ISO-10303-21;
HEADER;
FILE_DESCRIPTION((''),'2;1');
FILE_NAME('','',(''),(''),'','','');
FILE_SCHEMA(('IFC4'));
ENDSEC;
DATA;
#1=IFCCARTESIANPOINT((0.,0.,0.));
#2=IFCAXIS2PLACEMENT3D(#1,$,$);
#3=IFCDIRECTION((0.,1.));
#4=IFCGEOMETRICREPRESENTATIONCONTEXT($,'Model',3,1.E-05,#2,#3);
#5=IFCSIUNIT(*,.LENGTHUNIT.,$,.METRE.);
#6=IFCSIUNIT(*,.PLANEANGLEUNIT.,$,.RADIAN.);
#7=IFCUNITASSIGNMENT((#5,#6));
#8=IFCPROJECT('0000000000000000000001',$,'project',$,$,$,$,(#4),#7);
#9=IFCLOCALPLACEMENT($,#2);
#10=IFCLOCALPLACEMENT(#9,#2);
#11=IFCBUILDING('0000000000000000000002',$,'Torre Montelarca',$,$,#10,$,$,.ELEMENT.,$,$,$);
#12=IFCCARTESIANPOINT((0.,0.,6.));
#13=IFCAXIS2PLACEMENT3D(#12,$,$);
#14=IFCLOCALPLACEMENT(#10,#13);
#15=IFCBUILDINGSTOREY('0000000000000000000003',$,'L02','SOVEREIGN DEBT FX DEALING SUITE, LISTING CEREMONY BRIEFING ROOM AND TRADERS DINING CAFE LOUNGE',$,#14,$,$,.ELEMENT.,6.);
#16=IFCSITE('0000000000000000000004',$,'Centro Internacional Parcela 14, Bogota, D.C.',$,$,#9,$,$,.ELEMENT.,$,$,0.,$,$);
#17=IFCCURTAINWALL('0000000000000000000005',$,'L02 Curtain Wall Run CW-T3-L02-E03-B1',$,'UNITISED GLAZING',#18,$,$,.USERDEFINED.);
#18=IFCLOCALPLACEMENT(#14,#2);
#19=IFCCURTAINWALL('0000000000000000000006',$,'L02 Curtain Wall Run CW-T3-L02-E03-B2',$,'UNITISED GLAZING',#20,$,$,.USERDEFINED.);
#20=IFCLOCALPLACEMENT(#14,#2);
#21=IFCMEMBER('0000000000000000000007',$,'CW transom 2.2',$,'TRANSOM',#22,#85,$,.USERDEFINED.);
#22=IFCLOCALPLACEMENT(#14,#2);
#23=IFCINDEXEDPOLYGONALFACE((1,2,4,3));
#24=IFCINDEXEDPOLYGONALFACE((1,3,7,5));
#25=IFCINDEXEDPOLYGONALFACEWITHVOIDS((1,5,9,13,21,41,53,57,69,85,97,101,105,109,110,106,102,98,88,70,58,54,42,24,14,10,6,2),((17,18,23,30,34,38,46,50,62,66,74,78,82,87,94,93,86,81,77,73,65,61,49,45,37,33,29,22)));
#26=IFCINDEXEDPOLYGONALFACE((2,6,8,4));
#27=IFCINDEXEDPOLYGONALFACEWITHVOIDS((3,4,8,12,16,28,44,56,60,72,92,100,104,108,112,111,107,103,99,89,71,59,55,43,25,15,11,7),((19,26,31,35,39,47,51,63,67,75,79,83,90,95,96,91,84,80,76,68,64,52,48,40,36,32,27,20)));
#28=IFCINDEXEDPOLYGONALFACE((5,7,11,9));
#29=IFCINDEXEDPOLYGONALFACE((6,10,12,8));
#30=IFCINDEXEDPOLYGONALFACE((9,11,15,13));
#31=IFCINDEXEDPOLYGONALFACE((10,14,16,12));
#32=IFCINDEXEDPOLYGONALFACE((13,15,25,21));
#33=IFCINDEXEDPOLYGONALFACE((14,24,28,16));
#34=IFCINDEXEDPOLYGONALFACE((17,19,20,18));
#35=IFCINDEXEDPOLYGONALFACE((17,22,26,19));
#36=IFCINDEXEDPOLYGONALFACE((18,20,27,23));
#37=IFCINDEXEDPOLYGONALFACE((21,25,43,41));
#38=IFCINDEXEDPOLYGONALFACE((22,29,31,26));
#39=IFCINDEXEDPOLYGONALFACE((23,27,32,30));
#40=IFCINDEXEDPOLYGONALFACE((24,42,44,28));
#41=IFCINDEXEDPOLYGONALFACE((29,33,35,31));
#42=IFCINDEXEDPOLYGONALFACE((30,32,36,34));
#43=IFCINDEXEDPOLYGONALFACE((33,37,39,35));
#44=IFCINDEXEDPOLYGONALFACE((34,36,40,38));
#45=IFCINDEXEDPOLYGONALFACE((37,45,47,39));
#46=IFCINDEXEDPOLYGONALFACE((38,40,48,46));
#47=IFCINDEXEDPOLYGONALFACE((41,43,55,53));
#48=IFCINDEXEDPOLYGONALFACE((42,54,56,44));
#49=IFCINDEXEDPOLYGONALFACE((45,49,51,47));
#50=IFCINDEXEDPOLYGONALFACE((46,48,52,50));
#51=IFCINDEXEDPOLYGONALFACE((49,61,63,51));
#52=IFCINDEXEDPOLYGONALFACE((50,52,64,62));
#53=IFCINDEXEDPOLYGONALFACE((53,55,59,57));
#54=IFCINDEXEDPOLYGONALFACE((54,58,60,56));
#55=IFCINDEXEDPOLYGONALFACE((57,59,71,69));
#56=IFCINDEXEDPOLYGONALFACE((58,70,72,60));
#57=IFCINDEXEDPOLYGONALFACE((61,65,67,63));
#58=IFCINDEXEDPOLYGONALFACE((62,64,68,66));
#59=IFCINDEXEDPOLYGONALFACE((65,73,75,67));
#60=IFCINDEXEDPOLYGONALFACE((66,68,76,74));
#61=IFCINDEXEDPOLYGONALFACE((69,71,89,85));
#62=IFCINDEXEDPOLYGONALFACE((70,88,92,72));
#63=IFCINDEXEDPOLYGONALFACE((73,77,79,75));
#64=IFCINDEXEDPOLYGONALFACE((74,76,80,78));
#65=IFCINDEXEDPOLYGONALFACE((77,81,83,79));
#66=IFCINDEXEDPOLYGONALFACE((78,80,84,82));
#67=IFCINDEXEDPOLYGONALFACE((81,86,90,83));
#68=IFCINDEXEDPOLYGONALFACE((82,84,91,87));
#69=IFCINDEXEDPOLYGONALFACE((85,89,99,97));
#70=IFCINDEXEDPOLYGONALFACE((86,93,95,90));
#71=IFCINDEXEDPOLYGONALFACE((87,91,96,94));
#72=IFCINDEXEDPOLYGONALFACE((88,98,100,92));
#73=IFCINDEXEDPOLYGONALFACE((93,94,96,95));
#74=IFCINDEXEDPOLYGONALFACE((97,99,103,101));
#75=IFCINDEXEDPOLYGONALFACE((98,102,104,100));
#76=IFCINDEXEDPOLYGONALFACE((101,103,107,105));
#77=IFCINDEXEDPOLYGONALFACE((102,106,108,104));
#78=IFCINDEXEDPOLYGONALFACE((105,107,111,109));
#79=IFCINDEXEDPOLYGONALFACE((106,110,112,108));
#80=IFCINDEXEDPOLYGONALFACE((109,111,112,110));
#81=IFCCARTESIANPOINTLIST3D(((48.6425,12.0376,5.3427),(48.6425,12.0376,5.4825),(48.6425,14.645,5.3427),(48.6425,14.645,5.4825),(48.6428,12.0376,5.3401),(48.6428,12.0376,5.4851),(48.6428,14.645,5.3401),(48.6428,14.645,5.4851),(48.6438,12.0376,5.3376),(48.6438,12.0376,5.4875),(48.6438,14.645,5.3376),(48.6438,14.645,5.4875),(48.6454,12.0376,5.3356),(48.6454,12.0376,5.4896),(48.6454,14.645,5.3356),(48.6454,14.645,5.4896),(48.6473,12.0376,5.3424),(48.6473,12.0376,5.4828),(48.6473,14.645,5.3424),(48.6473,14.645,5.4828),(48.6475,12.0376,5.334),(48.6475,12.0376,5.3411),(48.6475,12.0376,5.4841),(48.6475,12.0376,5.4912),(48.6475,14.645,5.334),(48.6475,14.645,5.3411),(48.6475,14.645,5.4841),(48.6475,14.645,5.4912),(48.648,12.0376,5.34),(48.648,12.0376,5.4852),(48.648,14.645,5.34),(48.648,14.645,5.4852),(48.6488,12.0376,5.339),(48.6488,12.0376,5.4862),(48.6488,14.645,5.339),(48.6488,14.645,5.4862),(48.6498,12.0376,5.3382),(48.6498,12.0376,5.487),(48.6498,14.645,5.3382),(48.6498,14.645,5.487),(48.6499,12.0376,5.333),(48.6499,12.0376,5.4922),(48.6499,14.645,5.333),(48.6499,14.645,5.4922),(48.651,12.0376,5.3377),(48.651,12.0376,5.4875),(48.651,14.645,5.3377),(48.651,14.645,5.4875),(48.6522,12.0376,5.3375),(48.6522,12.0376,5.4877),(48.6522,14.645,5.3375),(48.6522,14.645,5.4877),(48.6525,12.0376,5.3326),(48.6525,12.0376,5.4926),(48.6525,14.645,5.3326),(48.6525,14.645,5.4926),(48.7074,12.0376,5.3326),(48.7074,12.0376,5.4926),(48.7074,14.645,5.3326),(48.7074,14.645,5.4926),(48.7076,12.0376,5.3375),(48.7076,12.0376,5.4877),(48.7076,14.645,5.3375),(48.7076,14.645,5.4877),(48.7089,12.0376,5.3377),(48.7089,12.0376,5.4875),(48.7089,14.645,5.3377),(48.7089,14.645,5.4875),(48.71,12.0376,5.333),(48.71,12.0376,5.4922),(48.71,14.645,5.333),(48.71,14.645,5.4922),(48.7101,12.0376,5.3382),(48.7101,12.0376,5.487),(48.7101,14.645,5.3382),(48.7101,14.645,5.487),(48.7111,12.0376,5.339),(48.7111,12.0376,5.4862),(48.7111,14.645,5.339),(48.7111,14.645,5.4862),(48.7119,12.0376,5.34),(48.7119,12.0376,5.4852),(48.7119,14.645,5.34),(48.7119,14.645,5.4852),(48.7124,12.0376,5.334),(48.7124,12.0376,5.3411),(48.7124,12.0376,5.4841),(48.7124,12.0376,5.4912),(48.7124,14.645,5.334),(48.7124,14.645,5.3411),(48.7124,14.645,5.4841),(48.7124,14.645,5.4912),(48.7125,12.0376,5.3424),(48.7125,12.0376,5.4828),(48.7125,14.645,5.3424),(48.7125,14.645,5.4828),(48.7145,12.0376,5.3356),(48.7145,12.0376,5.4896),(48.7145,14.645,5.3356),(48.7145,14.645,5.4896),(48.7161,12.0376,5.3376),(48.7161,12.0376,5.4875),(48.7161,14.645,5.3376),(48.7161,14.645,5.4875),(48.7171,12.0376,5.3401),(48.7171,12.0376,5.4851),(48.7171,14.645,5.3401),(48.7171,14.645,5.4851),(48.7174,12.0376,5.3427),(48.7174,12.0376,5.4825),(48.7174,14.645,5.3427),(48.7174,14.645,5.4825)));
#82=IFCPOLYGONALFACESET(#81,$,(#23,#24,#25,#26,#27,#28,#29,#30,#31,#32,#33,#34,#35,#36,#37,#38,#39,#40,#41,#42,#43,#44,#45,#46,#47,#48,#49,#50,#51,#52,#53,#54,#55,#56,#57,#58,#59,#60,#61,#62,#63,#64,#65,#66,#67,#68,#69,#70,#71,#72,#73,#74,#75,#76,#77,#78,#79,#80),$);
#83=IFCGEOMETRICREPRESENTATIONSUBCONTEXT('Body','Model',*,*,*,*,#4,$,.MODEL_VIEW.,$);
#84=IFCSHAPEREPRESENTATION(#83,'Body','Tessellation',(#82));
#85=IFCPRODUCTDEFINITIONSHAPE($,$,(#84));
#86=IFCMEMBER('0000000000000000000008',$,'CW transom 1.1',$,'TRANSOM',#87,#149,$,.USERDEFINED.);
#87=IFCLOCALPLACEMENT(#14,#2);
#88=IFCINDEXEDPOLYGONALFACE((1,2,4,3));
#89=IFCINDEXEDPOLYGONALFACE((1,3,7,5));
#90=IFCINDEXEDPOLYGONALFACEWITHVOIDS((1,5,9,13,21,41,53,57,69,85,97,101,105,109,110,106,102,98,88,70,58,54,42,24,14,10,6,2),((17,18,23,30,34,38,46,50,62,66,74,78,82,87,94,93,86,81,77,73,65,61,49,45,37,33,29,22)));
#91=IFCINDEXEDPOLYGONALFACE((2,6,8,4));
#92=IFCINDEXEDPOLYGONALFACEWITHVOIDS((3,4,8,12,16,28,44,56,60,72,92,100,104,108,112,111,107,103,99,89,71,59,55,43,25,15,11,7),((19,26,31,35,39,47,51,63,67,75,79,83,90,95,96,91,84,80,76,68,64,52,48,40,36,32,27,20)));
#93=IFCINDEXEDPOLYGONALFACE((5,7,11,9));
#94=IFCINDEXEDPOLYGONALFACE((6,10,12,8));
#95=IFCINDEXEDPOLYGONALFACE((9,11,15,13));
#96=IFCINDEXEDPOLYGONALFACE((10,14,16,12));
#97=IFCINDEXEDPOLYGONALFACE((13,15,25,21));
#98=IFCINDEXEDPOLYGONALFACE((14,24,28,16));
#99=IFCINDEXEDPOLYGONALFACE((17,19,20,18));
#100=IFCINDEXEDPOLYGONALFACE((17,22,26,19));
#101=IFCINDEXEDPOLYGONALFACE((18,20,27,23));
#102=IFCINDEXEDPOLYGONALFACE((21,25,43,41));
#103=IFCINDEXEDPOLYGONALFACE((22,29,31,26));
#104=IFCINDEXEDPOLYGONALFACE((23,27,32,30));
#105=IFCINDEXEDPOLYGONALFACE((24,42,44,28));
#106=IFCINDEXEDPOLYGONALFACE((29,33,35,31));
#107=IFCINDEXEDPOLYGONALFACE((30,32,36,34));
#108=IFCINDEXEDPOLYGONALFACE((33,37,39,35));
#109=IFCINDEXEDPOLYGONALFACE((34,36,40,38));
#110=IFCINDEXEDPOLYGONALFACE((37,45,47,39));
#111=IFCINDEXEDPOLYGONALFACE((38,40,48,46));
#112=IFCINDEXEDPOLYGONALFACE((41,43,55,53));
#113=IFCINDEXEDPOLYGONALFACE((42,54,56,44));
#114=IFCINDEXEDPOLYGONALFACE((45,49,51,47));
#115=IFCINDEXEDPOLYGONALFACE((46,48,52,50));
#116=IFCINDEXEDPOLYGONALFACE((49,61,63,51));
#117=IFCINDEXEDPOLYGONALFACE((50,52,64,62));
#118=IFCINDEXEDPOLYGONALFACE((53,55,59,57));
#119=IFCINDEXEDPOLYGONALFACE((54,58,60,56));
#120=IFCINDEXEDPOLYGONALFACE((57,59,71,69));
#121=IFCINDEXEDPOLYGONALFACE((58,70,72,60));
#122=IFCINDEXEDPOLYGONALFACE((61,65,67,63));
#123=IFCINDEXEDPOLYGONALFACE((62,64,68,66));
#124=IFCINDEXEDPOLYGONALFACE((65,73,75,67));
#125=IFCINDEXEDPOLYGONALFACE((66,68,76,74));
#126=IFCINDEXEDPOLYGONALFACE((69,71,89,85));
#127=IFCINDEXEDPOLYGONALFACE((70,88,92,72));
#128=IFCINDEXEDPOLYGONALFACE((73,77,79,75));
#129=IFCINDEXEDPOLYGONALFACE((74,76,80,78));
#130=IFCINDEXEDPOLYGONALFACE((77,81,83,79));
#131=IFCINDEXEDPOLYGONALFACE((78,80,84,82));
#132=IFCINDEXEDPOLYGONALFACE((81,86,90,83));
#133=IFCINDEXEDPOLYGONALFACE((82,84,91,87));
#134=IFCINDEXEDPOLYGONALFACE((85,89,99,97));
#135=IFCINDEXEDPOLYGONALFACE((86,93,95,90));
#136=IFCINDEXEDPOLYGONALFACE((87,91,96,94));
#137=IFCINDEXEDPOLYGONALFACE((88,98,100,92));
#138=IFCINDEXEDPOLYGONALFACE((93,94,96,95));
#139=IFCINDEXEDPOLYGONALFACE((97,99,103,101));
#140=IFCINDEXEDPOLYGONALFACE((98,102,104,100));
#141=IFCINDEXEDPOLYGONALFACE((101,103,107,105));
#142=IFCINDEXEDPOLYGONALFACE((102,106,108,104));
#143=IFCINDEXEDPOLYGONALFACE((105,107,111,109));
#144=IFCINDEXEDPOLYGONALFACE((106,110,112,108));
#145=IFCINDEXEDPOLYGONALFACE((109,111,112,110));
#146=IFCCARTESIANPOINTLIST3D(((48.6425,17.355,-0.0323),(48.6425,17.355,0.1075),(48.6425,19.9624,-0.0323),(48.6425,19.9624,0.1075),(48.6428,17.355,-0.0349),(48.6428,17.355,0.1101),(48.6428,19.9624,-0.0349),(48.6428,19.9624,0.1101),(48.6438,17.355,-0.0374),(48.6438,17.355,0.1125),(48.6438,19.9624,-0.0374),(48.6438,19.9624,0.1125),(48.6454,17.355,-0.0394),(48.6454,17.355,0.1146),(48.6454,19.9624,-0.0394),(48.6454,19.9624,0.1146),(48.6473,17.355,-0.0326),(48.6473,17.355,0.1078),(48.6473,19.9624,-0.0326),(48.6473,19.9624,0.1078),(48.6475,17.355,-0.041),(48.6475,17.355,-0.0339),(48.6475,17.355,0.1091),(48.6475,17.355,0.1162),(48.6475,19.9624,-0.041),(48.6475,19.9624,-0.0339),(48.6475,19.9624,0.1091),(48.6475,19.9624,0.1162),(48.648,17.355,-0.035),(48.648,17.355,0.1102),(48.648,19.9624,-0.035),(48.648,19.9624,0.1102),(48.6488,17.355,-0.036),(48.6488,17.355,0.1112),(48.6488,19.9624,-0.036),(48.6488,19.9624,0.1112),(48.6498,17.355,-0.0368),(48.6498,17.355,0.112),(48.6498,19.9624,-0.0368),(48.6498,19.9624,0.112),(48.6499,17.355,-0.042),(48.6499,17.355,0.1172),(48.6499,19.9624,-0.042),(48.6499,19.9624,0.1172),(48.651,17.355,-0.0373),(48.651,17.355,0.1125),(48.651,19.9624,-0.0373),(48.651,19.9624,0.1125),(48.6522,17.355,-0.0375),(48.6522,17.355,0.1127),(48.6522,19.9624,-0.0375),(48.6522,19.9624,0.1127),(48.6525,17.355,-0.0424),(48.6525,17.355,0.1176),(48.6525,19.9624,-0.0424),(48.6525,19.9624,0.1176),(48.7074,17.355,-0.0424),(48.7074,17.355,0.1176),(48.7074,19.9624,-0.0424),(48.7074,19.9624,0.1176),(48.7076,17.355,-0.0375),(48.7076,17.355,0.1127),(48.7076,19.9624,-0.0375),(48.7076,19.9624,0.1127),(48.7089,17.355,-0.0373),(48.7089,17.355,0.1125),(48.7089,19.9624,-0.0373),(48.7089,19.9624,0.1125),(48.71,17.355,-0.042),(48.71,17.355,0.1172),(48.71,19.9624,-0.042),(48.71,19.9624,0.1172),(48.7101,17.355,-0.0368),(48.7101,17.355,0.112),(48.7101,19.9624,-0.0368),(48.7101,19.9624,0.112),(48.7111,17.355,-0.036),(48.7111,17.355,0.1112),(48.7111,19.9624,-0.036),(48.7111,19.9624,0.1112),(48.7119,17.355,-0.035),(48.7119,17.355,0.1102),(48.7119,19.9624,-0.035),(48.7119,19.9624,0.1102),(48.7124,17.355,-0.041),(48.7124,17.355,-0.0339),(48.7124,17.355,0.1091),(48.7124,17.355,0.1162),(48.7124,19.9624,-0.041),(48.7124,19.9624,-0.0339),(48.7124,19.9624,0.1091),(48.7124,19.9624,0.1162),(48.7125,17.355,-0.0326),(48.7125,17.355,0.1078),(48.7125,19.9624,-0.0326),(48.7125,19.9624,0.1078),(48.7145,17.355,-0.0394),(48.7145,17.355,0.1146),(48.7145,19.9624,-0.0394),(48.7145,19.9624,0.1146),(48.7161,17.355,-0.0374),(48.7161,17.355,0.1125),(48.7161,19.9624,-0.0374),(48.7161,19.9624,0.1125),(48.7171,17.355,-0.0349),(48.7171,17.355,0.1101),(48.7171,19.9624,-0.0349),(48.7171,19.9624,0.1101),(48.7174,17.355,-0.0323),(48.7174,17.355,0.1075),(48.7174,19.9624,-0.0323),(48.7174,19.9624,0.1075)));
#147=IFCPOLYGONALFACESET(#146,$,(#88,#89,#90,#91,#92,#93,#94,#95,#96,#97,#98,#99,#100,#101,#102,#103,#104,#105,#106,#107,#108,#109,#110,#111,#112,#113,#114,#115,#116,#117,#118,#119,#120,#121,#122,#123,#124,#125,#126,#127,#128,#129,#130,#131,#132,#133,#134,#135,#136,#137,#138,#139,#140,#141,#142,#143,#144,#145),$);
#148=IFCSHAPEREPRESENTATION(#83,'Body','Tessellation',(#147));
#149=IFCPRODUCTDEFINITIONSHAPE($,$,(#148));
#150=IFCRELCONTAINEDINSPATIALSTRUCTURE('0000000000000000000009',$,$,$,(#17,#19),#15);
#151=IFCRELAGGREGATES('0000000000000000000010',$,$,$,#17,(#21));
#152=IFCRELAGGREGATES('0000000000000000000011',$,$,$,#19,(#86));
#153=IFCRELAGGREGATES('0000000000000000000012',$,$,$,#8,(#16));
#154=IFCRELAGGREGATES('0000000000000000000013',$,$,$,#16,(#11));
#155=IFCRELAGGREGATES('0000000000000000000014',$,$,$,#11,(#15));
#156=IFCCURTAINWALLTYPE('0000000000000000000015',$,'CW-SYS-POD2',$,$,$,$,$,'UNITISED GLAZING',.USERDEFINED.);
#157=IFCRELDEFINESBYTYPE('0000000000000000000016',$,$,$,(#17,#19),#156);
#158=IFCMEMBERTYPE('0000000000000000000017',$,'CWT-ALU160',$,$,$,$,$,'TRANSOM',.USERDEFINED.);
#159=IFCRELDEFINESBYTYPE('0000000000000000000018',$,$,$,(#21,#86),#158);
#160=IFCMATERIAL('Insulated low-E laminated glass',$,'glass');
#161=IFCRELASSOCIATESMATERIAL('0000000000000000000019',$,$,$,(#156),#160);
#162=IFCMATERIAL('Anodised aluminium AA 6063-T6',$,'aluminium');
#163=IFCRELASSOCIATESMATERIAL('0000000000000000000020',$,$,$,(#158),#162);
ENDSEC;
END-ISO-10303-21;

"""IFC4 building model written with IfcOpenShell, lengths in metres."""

from ifc_helpers import new_model, si_unit, direction, frame, origin, origin_2d, place, context, subcontext, project, spatial, hollow_rectangle, extrude, source, transform, mapped, material, material_profile, profile_set, type_object, element, aggregate, save


model = new_model("IFC4")

# Units and contexts
model_context = context("Model", 3, precision=1e-05, world=origin(), true_north=direction((0.0, 1.0)))
body_context = subcontext(model_context, "Body", "Model", "MODEL_VIEW")
ifc_project = project(units=[si_unit("LENGTHUNIT", "METRE"), si_unit("PLANEANGLEUNIT", "RADIAN")], contexts=[model_context])

# Site, building, storey
site_placement = place(None, origin())
site = spatial("IfcSite", under=ifc_project, at=site_placement, Name="Centro Internacional Parcela 14, Bogota, D.C.", CompositionType="ELEMENT", RefElevation=0.0)
building_placement = place(site_placement, origin())
building = spatial("IfcBuilding", under=site, at=building_placement, Name="Torre Montelarca", CompositionType="ELEMENT")
storey_placement = place(building_placement, frame((0.0, 0.0, 6.0)))
storey = spatial("IfcBuildingStorey", under=building, at=storey_placement, Name="L02", Description="SOVEREIGN DEBT FX DEALING SUITE, LISTING CEREMONY BRIEFING ROOM AND TRADERS DINING CAFE LOUNGE", CompositionType="ELEMENT", Elevation=6.0)

# Curtain wall
ifc_material_1 = material(Name="Insulated low-E laminated glass", Category="glass")
curtain_wall_type = type_object("IfcCurtainWallType", Name="CW-SYS-POD2", ElementType="UNITISED GLAZING", PredefinedType="USERDEFINED", material=ifc_material_1)
curtain_wall_1_placement = place(storey_placement, origin())
curtain_wall_1 = element("IfcCurtainWall", 1, at=curtain_wall_1_placement, inside=storey, type_object=curtain_wall_type, Name="L02 Curtain Wall Run CW-T3-L02-E03-B1", ObjectType="UNITISED GLAZING", PredefinedType="USERDEFINED")
ifc_material_2 = material(Name="Anodised aluminium AA 6063-T6", Category="aluminium")

# Curtain wall
curtain_wall_2_placement = place(storey_placement, origin())
curtain_wall_2 = element("IfcCurtainWall", 2, at=curtain_wall_2_placement, inside=storey, type_object=curtain_wall_type, Name="L02 Curtain Wall Run CW-T3-L02-E03-B2", ObjectType="UNITISED GLAZING", PredefinedType="USERDEFINED")

# Members
ifc_material_profile_1 = material_profile(ifc_material_2, hollow_rectangle(XDim=0.075, YDim=0.1599, WallThickness=0.0049, InnerFilletRadius=0.0049, OuterFilletRadius=0.01, at=origin_2d()), Name="ALU75X160X5", Category="aluminium")
ifc_profile_set_1 = profile_set([ifc_material_profile_1], Name="Anodised aluminium AA 6063-T6")
member_type_1 = type_object("IfcMemberType", Name="CWT-ALU160", ElementType="TRANSOM", PredefinedType="USERDEFINED", material=ifc_profile_set_1)
shared_shape_1 = source(origin(), body_context, "Body", "SweptSolid", [
    extrude(hollow_rectangle(XDim=0.075, YDim=0.1599, WallThickness=0.0049, InnerFilletRadius=0.0049, OuterFilletRadius=0.01, at=origin_2d()), origin(), (0.0, 0.0, 1.0), 2.6074),
])
member_1_placement = place(storey_placement, frame((48.6799, 12.0376, 5.4126), z_axis=(0.0, 1.0, 0.0), x_axis=(-1.0, 0.0, 0.0)))
member_1 = element("IfcMember", 3, at=member_1_placement, type_object=member_type_1, Name="CW transom 2.2", ObjectType="TRANSOM", PredefinedType="USERDEFINED", context=body_context, shape_type="MappedRepresentation", body=[
    mapped(shared_shape_1, transform((0.0, 0.0, 0.0), scale=1.0)),
])
member_2_placement = place(storey_placement, frame((48.6799, 17.355, 0.0376), z_axis=(0.0, 1.0, 0.0), x_axis=(-1.0, 0.0, 0.0)))
member_2 = element("IfcMember", 4, at=member_2_placement, type_object=member_type_1, Name="CW transom 1.1", ObjectType="TRANSOM", PredefinedType="USERDEFINED", context=body_context, shape_type="MappedRepresentation", body=[
    mapped(shared_shape_1, transform((0.0, 0.0, 0.0), scale=1.0)),
])

aggregate(curtain_wall_1, [member_1])
aggregate(curtain_wall_2, [member_2])

save(model, "model.ifc")
